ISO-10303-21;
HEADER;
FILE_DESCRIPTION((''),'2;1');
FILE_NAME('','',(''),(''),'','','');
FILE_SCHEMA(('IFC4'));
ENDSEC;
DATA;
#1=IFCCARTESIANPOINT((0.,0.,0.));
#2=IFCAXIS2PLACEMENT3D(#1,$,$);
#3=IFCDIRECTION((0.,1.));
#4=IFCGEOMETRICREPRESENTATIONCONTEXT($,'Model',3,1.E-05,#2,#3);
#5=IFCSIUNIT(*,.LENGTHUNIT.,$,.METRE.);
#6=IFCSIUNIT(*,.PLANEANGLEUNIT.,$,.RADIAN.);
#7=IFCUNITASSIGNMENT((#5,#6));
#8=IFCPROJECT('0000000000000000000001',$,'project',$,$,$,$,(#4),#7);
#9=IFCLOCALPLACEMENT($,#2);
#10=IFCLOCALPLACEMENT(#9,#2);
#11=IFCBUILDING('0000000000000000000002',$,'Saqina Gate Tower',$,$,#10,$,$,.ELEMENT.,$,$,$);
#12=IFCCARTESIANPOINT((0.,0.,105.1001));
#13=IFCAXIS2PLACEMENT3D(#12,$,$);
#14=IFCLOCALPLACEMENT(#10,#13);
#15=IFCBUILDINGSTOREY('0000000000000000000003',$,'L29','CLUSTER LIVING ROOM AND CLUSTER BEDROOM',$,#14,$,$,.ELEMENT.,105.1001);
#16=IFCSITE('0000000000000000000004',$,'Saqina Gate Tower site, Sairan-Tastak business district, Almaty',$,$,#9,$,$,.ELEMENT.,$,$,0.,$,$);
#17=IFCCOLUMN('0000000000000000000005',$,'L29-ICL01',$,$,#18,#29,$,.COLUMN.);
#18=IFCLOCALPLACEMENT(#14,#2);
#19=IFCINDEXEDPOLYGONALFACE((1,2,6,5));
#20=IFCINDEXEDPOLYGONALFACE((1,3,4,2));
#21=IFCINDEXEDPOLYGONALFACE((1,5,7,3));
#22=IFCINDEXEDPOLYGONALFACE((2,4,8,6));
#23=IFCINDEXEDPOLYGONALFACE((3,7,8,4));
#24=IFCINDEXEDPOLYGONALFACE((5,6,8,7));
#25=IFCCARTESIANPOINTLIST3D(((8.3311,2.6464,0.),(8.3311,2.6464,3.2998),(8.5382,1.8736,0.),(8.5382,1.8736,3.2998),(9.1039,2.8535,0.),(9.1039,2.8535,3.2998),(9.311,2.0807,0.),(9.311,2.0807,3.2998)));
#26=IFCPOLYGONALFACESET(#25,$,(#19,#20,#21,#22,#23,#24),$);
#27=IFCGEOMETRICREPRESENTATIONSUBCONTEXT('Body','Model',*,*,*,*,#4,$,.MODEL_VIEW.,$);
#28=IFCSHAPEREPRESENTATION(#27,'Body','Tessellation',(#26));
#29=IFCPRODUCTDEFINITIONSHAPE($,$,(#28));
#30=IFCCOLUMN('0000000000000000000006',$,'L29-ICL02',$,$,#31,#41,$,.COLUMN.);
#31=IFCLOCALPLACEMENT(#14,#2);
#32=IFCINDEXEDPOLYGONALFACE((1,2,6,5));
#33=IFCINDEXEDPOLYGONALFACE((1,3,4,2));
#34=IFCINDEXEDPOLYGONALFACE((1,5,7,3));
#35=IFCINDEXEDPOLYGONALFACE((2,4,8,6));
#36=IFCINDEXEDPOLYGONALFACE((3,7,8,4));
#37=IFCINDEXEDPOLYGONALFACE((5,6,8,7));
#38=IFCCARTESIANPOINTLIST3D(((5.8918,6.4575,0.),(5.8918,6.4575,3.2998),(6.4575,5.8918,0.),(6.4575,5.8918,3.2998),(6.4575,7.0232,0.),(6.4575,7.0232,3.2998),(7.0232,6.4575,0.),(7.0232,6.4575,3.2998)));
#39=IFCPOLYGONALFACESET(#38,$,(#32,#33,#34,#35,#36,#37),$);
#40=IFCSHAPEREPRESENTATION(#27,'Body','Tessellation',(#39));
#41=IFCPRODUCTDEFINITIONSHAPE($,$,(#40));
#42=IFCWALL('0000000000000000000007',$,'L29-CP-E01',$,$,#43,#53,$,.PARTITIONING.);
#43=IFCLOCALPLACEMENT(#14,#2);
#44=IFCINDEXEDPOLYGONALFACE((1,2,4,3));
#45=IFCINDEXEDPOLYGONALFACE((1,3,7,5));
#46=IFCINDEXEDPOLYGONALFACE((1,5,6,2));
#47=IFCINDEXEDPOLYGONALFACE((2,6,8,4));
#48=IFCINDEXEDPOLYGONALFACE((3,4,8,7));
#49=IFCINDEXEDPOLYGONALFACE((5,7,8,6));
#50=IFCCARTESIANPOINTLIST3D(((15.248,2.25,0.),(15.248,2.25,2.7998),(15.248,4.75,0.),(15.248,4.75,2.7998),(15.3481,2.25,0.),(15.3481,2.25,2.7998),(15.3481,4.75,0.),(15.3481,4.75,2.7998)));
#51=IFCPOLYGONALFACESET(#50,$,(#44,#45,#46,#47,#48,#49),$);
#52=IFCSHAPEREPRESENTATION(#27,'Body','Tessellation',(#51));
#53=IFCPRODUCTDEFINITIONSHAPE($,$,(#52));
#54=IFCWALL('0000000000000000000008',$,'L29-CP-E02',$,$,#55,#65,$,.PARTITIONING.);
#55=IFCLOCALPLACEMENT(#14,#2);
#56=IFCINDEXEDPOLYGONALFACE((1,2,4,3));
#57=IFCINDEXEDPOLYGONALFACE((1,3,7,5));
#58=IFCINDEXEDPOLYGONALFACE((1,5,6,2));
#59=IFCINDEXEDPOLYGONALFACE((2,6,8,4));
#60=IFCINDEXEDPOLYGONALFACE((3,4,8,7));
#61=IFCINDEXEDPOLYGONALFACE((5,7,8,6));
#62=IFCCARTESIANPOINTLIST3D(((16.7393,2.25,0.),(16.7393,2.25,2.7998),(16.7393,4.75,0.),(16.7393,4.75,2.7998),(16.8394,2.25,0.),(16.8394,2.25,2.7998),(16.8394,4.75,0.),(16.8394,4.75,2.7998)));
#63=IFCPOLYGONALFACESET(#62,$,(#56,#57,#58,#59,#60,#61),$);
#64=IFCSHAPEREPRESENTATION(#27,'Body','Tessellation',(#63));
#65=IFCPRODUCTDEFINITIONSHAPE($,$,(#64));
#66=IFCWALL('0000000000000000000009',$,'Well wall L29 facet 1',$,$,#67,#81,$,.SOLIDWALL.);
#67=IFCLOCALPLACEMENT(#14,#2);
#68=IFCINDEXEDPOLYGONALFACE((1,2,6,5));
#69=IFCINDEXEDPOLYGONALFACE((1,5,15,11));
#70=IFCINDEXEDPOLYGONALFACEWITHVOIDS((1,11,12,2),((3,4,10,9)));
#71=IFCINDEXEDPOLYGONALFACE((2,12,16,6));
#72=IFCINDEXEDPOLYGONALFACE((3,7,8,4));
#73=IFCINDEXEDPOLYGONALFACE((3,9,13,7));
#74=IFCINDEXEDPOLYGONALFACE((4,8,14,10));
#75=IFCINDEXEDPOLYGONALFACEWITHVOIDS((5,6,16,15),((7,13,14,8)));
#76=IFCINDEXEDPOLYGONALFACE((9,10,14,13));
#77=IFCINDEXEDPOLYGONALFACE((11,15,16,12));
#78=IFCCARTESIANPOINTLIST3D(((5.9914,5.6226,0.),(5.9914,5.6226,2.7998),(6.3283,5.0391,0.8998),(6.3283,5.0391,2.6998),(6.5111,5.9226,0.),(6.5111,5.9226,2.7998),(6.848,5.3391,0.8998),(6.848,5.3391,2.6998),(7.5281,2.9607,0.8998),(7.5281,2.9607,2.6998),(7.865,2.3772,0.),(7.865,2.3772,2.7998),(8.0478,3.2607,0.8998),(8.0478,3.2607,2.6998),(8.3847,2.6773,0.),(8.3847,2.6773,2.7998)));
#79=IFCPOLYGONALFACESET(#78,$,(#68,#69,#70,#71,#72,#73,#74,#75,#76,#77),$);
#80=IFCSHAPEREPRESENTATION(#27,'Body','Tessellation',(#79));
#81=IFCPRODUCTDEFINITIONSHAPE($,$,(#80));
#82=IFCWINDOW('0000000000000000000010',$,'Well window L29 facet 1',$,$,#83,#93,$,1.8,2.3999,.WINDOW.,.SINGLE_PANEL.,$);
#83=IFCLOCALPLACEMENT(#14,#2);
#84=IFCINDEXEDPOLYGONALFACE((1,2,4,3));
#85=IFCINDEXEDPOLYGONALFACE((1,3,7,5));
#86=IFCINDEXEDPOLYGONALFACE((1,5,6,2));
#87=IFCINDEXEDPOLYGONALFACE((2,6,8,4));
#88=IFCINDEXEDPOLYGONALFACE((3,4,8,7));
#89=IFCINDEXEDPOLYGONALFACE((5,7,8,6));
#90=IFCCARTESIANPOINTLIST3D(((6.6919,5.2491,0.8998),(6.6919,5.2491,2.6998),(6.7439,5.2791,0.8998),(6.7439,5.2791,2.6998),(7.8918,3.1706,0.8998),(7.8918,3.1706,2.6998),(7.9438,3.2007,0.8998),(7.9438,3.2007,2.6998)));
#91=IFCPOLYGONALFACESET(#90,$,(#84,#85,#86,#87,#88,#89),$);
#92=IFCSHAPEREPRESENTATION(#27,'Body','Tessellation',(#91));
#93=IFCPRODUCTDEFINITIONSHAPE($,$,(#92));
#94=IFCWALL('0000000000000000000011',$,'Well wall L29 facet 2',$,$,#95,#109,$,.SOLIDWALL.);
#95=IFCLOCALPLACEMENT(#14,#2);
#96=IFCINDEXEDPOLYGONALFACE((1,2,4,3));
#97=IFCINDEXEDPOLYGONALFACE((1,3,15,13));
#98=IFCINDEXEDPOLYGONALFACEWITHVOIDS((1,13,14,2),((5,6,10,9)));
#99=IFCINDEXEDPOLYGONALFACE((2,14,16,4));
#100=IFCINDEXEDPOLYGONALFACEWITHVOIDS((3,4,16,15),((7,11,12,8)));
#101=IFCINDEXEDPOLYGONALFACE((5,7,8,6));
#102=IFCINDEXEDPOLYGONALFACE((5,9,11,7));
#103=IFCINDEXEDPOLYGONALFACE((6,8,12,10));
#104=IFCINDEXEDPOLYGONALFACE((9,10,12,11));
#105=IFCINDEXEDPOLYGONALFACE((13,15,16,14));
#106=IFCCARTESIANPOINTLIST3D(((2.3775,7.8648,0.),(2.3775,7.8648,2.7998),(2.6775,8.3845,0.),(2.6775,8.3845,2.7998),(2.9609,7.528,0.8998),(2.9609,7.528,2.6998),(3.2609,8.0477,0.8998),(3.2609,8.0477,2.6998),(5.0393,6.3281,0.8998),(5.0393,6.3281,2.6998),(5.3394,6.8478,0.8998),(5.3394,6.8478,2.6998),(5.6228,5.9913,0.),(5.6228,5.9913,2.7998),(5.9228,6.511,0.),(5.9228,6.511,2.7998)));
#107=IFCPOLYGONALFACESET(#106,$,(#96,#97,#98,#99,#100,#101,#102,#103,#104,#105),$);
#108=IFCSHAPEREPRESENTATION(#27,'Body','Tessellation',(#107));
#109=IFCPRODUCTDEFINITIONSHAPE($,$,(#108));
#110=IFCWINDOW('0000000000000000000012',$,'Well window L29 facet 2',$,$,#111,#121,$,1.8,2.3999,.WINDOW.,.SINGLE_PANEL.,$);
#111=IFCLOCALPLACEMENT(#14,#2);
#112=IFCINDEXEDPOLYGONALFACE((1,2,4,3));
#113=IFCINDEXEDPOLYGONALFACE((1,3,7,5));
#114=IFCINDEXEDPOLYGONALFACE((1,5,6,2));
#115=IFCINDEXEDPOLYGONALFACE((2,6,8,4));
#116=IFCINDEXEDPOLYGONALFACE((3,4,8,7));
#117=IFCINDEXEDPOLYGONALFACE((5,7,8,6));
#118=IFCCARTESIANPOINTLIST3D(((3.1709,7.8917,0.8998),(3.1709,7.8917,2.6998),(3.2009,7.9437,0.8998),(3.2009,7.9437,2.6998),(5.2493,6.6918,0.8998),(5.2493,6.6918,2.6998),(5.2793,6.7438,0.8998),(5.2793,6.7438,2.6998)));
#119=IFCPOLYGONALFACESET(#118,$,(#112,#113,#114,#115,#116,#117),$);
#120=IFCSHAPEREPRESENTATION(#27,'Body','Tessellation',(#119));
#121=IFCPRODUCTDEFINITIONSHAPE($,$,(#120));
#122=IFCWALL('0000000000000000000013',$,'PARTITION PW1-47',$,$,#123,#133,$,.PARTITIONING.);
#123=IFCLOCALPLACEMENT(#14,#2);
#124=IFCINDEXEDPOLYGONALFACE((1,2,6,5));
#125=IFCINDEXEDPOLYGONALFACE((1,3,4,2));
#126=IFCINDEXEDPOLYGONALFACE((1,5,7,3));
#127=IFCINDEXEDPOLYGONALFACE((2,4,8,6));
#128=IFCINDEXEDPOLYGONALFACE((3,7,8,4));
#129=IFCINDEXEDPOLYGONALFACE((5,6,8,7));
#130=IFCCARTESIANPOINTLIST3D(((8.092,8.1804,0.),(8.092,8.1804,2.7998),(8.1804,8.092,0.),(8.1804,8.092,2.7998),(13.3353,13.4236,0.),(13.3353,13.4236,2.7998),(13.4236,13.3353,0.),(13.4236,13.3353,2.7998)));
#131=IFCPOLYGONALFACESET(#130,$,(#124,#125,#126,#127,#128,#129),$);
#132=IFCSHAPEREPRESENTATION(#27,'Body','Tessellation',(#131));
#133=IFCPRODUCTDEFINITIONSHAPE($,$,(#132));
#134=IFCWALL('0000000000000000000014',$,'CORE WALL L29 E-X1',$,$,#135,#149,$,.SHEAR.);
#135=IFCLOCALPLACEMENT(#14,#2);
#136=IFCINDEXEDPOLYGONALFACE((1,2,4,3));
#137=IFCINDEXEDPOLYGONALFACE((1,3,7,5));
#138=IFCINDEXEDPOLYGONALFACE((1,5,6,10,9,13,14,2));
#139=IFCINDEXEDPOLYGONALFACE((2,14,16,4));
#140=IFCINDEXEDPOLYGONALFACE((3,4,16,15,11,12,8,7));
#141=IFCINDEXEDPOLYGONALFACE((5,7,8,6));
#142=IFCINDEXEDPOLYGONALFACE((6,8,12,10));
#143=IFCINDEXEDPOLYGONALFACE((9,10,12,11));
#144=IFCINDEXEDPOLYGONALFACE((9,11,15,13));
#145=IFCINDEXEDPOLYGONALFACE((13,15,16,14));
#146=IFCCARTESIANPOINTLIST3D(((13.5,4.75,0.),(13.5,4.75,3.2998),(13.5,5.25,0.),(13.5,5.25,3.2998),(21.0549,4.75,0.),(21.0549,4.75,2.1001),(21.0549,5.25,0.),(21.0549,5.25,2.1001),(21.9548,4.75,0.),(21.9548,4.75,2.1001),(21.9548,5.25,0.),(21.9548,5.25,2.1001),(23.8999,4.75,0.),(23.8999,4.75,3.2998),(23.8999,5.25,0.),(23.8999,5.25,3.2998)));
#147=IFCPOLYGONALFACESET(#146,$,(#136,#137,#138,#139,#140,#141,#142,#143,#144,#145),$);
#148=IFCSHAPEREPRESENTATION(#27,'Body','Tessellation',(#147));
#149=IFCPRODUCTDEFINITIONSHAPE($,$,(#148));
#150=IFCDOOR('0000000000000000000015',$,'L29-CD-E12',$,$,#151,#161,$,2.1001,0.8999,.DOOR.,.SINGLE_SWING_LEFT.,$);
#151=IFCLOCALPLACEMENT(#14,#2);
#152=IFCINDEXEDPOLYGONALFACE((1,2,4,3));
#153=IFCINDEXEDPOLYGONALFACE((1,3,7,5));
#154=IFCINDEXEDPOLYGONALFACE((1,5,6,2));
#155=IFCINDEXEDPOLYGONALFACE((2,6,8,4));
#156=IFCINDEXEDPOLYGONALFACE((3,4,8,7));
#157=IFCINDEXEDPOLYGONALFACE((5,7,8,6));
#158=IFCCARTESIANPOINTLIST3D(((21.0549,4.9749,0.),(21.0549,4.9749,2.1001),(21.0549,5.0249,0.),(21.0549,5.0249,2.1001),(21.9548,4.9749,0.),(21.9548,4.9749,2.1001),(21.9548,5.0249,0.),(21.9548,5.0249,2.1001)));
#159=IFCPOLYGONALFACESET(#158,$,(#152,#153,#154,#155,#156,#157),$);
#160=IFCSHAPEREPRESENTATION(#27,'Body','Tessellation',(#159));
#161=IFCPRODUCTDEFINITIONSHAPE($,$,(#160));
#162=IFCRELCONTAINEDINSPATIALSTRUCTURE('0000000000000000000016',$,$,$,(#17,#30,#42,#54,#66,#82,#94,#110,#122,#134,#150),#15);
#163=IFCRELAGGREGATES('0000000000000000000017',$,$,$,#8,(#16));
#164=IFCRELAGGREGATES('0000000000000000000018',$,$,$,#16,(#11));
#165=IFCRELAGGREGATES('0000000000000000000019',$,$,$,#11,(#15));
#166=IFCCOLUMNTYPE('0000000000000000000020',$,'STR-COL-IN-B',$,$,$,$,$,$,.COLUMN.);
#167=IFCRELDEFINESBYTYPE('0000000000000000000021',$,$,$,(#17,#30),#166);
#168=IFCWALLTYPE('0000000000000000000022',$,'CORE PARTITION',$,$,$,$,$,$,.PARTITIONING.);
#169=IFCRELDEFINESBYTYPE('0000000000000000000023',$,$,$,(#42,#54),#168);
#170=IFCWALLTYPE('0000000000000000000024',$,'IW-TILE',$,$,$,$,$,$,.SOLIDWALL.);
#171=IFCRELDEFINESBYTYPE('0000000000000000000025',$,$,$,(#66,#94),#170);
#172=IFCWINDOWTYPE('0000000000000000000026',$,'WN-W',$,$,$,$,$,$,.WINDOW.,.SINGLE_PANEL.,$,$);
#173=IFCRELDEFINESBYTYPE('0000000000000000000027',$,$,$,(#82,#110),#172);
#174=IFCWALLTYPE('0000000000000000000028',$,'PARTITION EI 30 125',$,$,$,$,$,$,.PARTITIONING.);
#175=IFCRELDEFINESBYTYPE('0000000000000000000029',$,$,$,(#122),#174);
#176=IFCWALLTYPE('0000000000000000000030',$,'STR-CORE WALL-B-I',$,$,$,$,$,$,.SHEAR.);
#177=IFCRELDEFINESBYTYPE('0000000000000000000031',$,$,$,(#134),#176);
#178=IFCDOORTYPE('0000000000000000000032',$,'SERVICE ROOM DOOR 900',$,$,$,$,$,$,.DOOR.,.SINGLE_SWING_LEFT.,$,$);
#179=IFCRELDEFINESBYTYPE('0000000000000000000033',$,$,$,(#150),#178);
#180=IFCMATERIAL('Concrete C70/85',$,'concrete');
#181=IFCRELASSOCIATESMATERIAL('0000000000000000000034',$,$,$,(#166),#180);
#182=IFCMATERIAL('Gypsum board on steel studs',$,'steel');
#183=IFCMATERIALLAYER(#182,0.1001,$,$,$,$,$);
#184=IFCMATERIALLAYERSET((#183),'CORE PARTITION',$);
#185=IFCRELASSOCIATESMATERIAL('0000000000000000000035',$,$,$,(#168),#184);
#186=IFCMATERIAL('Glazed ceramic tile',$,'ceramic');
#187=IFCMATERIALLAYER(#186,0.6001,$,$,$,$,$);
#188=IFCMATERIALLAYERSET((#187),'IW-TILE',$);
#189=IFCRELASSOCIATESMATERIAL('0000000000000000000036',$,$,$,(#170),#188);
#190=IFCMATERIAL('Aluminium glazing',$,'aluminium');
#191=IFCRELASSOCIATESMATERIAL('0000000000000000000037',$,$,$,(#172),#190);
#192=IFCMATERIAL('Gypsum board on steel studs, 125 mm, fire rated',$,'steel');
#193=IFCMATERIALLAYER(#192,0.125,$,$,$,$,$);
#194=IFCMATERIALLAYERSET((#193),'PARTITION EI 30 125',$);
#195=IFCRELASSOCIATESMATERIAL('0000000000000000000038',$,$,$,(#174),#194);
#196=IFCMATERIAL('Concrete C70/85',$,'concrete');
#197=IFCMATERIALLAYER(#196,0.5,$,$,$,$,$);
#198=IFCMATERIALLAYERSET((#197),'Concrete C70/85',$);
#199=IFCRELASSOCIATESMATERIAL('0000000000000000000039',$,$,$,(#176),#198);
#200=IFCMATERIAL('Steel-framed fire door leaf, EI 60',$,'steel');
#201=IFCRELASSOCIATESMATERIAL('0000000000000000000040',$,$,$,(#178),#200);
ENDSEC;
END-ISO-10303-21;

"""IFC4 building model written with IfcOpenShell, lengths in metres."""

from ifc_helpers import new_model, si_unit, direction, frame, frame_2d, origin, origin_2d, place, context, subcontext, project, spatial, rectangle, extrude, material, layer, layer_set, material_profile, profile_set, type_object, element, fill, save


model = new_model("IFC4")

# Units and contexts
model_context = context("Model", 3, precision=1e-05, world=origin(), true_north=direction((0.0, 1.0)))
body_context = subcontext(model_context, "Body", "Model", "MODEL_VIEW")
ifc_project = project(units=[si_unit("LENGTHUNIT", "METRE"), si_unit("PLANEANGLEUNIT", "RADIAN")], contexts=[model_context])

# Site, building, storey
site_placement = place(None, origin())
site = spatial("IfcSite", under=ifc_project, at=site_placement, Name="Saqina Gate Tower site, Sairan-Tastak business district, Almaty", CompositionType="ELEMENT", RefElevation=0.0)
building_placement = place(site_placement, origin())
building = spatial("IfcBuilding", under=site, at=building_placement, Name="Saqina Gate Tower", CompositionType="ELEMENT")
storey_placement = place(building_placement, frame((0.0, 0.0, 105.1001)))
storey = spatial("IfcBuildingStorey", under=building, at=storey_placement, Name="L29", Description="CLUSTER LIVING ROOM AND CLUSTER BEDROOM", CompositionType="ELEMENT", Elevation=105.1001)

# Columns
ifc_material_1 = material(Name="Concrete C70/85", Category="concrete")
ifc_material_profile = material_profile(ifc_material_1, rectangle(XDim=0.8, YDim=0.8, at=origin_2d()), Name="RC 800x800")
ifc_profile_set = profile_set([ifc_material_profile], Name="Concrete C70/85")
column_type = type_object("IfcColumnType", Name="STR-COL-IN-B", PredefinedType="COLUMN", material=ifc_profile_set)
for number, where, z_axis, x_axis, name in (
    (1, (8.821, 2.3635, 0.0), (0.0, 0.0, 1.0), (0.965926, 0.258819, 0.0), "L29-ICL01"),
    (2, (6.4575, 6.4575, 0.0), (0.0, 0.0, 1.0), (0.707107, 0.707107, 0.0), "L29-ICL02"),
):
    element("IfcColumn", number, at=place(storey_placement, frame(where, z_axis=z_axis, x_axis=x_axis)), inside=storey, type_object=column_type, Name=name, PredefinedType="COLUMN", context=body_context, shape_type="SweptSolid", body=[
        extrude(rectangle(XDim=0.8, YDim=0.8, at=origin_2d()), origin(), (0.0, 0.0, 1.0), 3.2998),
    ])

# Walls
ifc_material_2 = material(Name="Gypsum board on steel studs", Category="steel")
ifc_layer_1 = layer(ifc_material_2, 0.1001)
ifc_layer_set_1 = layer_set([ifc_layer_1], Name="CORE PARTITION")
wall_type_1 = type_object("IfcWallType", Name="CORE PARTITION", PredefinedType="PARTITIONING", material=ifc_layer_set_1)
for number, where, z_axis, x_axis, name in (
    (3, (15.2981, 2.25, 0.0), (0.0, 0.0, 1.0), (0.0, 1.0, 0.0), "L29-CP-E01"),
    (4, (16.7893, 2.25, 0.0), (0.0, 0.0, 1.0), (0.0, 1.0, 0.0), "L29-CP-E02"),
):
    element("IfcWall", number, at=place(storey_placement, frame(where, z_axis=z_axis, x_axis=x_axis)), inside=storey, type_object=wall_type_1, Name=name, PredefinedType="PARTITIONING", context=body_context, shape_type="SweptSolid", body=[
        extrude(rectangle(XDim=2.5, YDim=0.1001, at=frame_2d((1.25, 0.0))), origin(), (0.0, 0.0, 1.0), 2.7998),
    ])

# Walls, openings, windows
ifc_material_3 = material(Name="Glazed ceramic tile", Category="ceramic")
ifc_layer_2 = layer(ifc_material_3, 0.6001)
ifc_layer_set_2 = layer_set([ifc_layer_2], Name="IW-TILE")
wall_type_2 = type_object("IfcWallType", Name="IW-TILE", PredefinedType="SOLIDWALL", material=ifc_layer_set_2)
wall_1_placement = place(storey_placement, frame((8.1248, 2.5273, 0.0), z_axis=(0.0, 0.0, 1.0), x_axis=(-0.499965, 0.866046, 0.0)))
wall_1 = element("IfcWall", 5, at=wall_1_placement, inside=storey, type_object=wall_type_2, Name="Well wall L29 facet 1", PredefinedType="SOLIDWALL", context=body_context, shape_type="SweptSolid", body=[
    extrude(rectangle(XDim=3.7473, YDim=0.6001, at=frame_2d((1.8735, 0.0))), origin(), (0.0, 0.0, 1.0), 2.7998),
])
opening_1_placement = place(wall_1_placement, frame((0.6736, 0.0, 0.8999)))
opening_1 = element("IfcOpeningElement", 6, at=opening_1_placement, cuts=wall_1, PredefinedType="OPENING", context=body_context, shape_type="SweptSolid", body=[
    extrude(rectangle(XDim=2.3999, YDim=1.8, at=frame_2d((1.2, 0.8999))), frame((0.0, 0.312, 0.0), z_axis=(0.0, -1.0, 0.0), x_axis=(1.0, 0.0, 0.0)), (0.0, 0.0, 1.0), 0.624),
])
ifc_material_4 = material(Name="Aluminium glazing", Category="aluminium")
window_type = type_object("IfcWindowType", Name="WN-W", PartitioningType="SINGLE_PANEL", PredefinedType="WINDOW", material=ifc_material_4)
window_1_placement = place(opening_1_placement, origin())
window_1 = element("IfcWindow", 7, at=window_1_placement, inside=storey, type_object=window_type, Name="Well window L29 facet 1", OverallHeight=1.8, OverallWidth=2.3999, PartitioningType="SINGLE_PANEL", PredefinedType="WINDOW", context=body_context, shape_type="SweptSolid", body=[
    extrude(rectangle(XDim=2.3999, YDim=1.8, at=frame_2d((1.2, 0.8999))), frame((0.0, -0.1199, 0.0), z_axis=(0.0, -1.0, 0.0), x_axis=(1.0, 0.0, 0.0)), (0.0, 0.0, 1.0), 0.0601),
])
fill(opening_1, window_1)
wall_2_placement = place(storey_placement, frame((5.7727, 6.2512, 0.0), z_axis=(0.0, 0.0, 1.0), x_axis=(-0.866046, 0.499965, 0.0)))
wall_2 = element("IfcWall", 8, at=wall_2_placement, inside=storey, type_object=wall_type_2, Name="Well wall L29 facet 2", PredefinedType="SOLIDWALL", context=body_context, shape_type="SweptSolid", body=[
    extrude(rectangle(XDim=3.7473, YDim=0.6001, at=frame_2d((1.8735, 0.0))), origin(), (0.0, 0.0, 1.0), 2.7998),
])
opening_2_placement = place(wall_2_placement, frame((0.6736, 0.0, 0.8999)))
opening_2 = element("IfcOpeningElement", 9, at=opening_2_placement, cuts=wall_2, PredefinedType="OPENING", context=body_context, shape_type="SweptSolid", body=[
    extrude(rectangle(XDim=2.3999, YDim=1.8, at=frame_2d((1.2, 0.8999))), frame((0.0, 0.312, 0.0), z_axis=(0.0, -1.0, 0.0), x_axis=(1.0, 0.0, 0.0)), (0.0, 0.0, 1.0), 0.624),
])
window_2_placement = place(opening_2_placement, origin())
window_2 = element("IfcWindow", 10, at=window_2_placement, inside=storey, type_object=window_type, Name="Well window L29 facet 2", OverallHeight=1.8, OverallWidth=2.3999, PartitioningType="SINGLE_PANEL", PredefinedType="WINDOW", context=body_context, shape_type="SweptSolid", body=[
    extrude(rectangle(XDim=2.3999, YDim=1.8, at=frame_2d((1.2, 0.8999))), frame((0.0, -0.1199, 0.0), z_axis=(0.0, -1.0, 0.0), x_axis=(1.0, 0.0, 0.0)), (0.0, 0.0, 1.0), 0.0601),
])
fill(opening_2, window_2)

# Wall
ifc_material_5 = material(Name="Gypsum board on steel studs, 125 mm, fire rated", Category="steel")
ifc_layer_3 = layer(ifc_material_5, 0.125)
ifc_layer_set_3 = layer_set([ifc_layer_3], Name="PARTITION EI 30 125")
wall_type_3 = type_object("IfcWallType", Name="PARTITION EI 30 125", PredefinedType="PARTITIONING", material=ifc_layer_set_3)
wall_3_placement = place(storey_placement, frame((8.1362, 8.1362, 0.0), z_axis=(0.0, 0.0, 1.0), x_axis=(0.707107, 0.707107, 0.0)))
element("IfcWall", 11, at=wall_3_placement, inside=storey, type_object=wall_type_3, Name="PARTITION PW1-47", PredefinedType="PARTITIONING", context=body_context, shape_type="SweptSolid", body=[
    extrude(rectangle(XDim=7.415, YDim=0.125, at=frame_2d((3.7075, 0.0))), origin(), (0.0, 0.0, 1.0), 2.7998),
])

# Wall, opening, door
ifc_material_6 = material(Name="Concrete C70/85", Category="concrete")
ifc_layer_4 = layer(ifc_material_6, 0.5)
ifc_layer_set_4 = layer_set([ifc_layer_4], Name="Concrete C70/85")
wall_type_4 = type_object("IfcWallType", Name="STR-CORE WALL-B-I", PredefinedType="SHEAR", material=ifc_layer_set_4)
wall_4_placement = place(storey_placement, frame((13.5, 5.0, 0.0), z_axis=(0.0, 0.0, 1.0), x_axis=(1.0, 0.0, 0.0)))
wall_4 = element("IfcWall", 12, at=wall_4_placement, inside=storey, type_object=wall_type_4, Name="CORE WALL L29 E-X1", PredefinedType="SHEAR", context=body_context, shape_type="SweptSolid", body=[
    extrude(rectangle(XDim=10.3999, YDim=0.5, at=frame_2d((5.2, 0.0))), origin(), (0.0, 0.0, 1.0), 3.2998),
])
opening_3_placement = place(wall_4_placement, frame((7.5549, 0.0, 0.0)))
opening_3 = element("IfcOpeningElement", 13, at=opening_3_placement, cuts=wall_4, PredefinedType="OPENING", context=body_context, shape_type="SweptSolid", body=[
    extrude(rectangle(XDim=0.8999, YDim=2.1001, at=frame_2d((0.45, 1.05))), frame((0.0, 0.262, 0.0), z_axis=(0.0, -1.0, 0.0), x_axis=(1.0, 0.0, 0.0)), (0.0, 0.0, 1.0), 0.5239),
])
ifc_material_7 = material(Name="Steel-framed fire door leaf, EI 60", Category="steel")
door_type_1 = type_object("IfcDoorType", Name="SERVICE ROOM DOOR 900", OperationType="SINGLE_SWING_LEFT", PredefinedType="DOOR", material=ifc_material_7)
door_1_placement = place(opening_3_placement, origin())
door_1 = element("IfcDoor", 14, at=door_1_placement, inside=storey, type_object=door_type_1, Name="L29-CD-E12", OperationType="SINGLE_SWING_LEFT", OverallHeight=2.1001, OverallWidth=0.8999, PredefinedType="DOOR", context=body_context, shape_type="SweptSolid", body=[
    extrude(rectangle(XDim=0.8999, YDim=2.1001, at=frame_2d((0.45, 1.05))), frame((0.0, 0.0249, 0.0), z_axis=(0.0, -1.0, 0.0), x_axis=(1.0, 0.0, 0.0)), (0.0, 0.0, 1.0), 0.05),
])
fill(opening_3, door_1)

save(model, "model.ifc")
